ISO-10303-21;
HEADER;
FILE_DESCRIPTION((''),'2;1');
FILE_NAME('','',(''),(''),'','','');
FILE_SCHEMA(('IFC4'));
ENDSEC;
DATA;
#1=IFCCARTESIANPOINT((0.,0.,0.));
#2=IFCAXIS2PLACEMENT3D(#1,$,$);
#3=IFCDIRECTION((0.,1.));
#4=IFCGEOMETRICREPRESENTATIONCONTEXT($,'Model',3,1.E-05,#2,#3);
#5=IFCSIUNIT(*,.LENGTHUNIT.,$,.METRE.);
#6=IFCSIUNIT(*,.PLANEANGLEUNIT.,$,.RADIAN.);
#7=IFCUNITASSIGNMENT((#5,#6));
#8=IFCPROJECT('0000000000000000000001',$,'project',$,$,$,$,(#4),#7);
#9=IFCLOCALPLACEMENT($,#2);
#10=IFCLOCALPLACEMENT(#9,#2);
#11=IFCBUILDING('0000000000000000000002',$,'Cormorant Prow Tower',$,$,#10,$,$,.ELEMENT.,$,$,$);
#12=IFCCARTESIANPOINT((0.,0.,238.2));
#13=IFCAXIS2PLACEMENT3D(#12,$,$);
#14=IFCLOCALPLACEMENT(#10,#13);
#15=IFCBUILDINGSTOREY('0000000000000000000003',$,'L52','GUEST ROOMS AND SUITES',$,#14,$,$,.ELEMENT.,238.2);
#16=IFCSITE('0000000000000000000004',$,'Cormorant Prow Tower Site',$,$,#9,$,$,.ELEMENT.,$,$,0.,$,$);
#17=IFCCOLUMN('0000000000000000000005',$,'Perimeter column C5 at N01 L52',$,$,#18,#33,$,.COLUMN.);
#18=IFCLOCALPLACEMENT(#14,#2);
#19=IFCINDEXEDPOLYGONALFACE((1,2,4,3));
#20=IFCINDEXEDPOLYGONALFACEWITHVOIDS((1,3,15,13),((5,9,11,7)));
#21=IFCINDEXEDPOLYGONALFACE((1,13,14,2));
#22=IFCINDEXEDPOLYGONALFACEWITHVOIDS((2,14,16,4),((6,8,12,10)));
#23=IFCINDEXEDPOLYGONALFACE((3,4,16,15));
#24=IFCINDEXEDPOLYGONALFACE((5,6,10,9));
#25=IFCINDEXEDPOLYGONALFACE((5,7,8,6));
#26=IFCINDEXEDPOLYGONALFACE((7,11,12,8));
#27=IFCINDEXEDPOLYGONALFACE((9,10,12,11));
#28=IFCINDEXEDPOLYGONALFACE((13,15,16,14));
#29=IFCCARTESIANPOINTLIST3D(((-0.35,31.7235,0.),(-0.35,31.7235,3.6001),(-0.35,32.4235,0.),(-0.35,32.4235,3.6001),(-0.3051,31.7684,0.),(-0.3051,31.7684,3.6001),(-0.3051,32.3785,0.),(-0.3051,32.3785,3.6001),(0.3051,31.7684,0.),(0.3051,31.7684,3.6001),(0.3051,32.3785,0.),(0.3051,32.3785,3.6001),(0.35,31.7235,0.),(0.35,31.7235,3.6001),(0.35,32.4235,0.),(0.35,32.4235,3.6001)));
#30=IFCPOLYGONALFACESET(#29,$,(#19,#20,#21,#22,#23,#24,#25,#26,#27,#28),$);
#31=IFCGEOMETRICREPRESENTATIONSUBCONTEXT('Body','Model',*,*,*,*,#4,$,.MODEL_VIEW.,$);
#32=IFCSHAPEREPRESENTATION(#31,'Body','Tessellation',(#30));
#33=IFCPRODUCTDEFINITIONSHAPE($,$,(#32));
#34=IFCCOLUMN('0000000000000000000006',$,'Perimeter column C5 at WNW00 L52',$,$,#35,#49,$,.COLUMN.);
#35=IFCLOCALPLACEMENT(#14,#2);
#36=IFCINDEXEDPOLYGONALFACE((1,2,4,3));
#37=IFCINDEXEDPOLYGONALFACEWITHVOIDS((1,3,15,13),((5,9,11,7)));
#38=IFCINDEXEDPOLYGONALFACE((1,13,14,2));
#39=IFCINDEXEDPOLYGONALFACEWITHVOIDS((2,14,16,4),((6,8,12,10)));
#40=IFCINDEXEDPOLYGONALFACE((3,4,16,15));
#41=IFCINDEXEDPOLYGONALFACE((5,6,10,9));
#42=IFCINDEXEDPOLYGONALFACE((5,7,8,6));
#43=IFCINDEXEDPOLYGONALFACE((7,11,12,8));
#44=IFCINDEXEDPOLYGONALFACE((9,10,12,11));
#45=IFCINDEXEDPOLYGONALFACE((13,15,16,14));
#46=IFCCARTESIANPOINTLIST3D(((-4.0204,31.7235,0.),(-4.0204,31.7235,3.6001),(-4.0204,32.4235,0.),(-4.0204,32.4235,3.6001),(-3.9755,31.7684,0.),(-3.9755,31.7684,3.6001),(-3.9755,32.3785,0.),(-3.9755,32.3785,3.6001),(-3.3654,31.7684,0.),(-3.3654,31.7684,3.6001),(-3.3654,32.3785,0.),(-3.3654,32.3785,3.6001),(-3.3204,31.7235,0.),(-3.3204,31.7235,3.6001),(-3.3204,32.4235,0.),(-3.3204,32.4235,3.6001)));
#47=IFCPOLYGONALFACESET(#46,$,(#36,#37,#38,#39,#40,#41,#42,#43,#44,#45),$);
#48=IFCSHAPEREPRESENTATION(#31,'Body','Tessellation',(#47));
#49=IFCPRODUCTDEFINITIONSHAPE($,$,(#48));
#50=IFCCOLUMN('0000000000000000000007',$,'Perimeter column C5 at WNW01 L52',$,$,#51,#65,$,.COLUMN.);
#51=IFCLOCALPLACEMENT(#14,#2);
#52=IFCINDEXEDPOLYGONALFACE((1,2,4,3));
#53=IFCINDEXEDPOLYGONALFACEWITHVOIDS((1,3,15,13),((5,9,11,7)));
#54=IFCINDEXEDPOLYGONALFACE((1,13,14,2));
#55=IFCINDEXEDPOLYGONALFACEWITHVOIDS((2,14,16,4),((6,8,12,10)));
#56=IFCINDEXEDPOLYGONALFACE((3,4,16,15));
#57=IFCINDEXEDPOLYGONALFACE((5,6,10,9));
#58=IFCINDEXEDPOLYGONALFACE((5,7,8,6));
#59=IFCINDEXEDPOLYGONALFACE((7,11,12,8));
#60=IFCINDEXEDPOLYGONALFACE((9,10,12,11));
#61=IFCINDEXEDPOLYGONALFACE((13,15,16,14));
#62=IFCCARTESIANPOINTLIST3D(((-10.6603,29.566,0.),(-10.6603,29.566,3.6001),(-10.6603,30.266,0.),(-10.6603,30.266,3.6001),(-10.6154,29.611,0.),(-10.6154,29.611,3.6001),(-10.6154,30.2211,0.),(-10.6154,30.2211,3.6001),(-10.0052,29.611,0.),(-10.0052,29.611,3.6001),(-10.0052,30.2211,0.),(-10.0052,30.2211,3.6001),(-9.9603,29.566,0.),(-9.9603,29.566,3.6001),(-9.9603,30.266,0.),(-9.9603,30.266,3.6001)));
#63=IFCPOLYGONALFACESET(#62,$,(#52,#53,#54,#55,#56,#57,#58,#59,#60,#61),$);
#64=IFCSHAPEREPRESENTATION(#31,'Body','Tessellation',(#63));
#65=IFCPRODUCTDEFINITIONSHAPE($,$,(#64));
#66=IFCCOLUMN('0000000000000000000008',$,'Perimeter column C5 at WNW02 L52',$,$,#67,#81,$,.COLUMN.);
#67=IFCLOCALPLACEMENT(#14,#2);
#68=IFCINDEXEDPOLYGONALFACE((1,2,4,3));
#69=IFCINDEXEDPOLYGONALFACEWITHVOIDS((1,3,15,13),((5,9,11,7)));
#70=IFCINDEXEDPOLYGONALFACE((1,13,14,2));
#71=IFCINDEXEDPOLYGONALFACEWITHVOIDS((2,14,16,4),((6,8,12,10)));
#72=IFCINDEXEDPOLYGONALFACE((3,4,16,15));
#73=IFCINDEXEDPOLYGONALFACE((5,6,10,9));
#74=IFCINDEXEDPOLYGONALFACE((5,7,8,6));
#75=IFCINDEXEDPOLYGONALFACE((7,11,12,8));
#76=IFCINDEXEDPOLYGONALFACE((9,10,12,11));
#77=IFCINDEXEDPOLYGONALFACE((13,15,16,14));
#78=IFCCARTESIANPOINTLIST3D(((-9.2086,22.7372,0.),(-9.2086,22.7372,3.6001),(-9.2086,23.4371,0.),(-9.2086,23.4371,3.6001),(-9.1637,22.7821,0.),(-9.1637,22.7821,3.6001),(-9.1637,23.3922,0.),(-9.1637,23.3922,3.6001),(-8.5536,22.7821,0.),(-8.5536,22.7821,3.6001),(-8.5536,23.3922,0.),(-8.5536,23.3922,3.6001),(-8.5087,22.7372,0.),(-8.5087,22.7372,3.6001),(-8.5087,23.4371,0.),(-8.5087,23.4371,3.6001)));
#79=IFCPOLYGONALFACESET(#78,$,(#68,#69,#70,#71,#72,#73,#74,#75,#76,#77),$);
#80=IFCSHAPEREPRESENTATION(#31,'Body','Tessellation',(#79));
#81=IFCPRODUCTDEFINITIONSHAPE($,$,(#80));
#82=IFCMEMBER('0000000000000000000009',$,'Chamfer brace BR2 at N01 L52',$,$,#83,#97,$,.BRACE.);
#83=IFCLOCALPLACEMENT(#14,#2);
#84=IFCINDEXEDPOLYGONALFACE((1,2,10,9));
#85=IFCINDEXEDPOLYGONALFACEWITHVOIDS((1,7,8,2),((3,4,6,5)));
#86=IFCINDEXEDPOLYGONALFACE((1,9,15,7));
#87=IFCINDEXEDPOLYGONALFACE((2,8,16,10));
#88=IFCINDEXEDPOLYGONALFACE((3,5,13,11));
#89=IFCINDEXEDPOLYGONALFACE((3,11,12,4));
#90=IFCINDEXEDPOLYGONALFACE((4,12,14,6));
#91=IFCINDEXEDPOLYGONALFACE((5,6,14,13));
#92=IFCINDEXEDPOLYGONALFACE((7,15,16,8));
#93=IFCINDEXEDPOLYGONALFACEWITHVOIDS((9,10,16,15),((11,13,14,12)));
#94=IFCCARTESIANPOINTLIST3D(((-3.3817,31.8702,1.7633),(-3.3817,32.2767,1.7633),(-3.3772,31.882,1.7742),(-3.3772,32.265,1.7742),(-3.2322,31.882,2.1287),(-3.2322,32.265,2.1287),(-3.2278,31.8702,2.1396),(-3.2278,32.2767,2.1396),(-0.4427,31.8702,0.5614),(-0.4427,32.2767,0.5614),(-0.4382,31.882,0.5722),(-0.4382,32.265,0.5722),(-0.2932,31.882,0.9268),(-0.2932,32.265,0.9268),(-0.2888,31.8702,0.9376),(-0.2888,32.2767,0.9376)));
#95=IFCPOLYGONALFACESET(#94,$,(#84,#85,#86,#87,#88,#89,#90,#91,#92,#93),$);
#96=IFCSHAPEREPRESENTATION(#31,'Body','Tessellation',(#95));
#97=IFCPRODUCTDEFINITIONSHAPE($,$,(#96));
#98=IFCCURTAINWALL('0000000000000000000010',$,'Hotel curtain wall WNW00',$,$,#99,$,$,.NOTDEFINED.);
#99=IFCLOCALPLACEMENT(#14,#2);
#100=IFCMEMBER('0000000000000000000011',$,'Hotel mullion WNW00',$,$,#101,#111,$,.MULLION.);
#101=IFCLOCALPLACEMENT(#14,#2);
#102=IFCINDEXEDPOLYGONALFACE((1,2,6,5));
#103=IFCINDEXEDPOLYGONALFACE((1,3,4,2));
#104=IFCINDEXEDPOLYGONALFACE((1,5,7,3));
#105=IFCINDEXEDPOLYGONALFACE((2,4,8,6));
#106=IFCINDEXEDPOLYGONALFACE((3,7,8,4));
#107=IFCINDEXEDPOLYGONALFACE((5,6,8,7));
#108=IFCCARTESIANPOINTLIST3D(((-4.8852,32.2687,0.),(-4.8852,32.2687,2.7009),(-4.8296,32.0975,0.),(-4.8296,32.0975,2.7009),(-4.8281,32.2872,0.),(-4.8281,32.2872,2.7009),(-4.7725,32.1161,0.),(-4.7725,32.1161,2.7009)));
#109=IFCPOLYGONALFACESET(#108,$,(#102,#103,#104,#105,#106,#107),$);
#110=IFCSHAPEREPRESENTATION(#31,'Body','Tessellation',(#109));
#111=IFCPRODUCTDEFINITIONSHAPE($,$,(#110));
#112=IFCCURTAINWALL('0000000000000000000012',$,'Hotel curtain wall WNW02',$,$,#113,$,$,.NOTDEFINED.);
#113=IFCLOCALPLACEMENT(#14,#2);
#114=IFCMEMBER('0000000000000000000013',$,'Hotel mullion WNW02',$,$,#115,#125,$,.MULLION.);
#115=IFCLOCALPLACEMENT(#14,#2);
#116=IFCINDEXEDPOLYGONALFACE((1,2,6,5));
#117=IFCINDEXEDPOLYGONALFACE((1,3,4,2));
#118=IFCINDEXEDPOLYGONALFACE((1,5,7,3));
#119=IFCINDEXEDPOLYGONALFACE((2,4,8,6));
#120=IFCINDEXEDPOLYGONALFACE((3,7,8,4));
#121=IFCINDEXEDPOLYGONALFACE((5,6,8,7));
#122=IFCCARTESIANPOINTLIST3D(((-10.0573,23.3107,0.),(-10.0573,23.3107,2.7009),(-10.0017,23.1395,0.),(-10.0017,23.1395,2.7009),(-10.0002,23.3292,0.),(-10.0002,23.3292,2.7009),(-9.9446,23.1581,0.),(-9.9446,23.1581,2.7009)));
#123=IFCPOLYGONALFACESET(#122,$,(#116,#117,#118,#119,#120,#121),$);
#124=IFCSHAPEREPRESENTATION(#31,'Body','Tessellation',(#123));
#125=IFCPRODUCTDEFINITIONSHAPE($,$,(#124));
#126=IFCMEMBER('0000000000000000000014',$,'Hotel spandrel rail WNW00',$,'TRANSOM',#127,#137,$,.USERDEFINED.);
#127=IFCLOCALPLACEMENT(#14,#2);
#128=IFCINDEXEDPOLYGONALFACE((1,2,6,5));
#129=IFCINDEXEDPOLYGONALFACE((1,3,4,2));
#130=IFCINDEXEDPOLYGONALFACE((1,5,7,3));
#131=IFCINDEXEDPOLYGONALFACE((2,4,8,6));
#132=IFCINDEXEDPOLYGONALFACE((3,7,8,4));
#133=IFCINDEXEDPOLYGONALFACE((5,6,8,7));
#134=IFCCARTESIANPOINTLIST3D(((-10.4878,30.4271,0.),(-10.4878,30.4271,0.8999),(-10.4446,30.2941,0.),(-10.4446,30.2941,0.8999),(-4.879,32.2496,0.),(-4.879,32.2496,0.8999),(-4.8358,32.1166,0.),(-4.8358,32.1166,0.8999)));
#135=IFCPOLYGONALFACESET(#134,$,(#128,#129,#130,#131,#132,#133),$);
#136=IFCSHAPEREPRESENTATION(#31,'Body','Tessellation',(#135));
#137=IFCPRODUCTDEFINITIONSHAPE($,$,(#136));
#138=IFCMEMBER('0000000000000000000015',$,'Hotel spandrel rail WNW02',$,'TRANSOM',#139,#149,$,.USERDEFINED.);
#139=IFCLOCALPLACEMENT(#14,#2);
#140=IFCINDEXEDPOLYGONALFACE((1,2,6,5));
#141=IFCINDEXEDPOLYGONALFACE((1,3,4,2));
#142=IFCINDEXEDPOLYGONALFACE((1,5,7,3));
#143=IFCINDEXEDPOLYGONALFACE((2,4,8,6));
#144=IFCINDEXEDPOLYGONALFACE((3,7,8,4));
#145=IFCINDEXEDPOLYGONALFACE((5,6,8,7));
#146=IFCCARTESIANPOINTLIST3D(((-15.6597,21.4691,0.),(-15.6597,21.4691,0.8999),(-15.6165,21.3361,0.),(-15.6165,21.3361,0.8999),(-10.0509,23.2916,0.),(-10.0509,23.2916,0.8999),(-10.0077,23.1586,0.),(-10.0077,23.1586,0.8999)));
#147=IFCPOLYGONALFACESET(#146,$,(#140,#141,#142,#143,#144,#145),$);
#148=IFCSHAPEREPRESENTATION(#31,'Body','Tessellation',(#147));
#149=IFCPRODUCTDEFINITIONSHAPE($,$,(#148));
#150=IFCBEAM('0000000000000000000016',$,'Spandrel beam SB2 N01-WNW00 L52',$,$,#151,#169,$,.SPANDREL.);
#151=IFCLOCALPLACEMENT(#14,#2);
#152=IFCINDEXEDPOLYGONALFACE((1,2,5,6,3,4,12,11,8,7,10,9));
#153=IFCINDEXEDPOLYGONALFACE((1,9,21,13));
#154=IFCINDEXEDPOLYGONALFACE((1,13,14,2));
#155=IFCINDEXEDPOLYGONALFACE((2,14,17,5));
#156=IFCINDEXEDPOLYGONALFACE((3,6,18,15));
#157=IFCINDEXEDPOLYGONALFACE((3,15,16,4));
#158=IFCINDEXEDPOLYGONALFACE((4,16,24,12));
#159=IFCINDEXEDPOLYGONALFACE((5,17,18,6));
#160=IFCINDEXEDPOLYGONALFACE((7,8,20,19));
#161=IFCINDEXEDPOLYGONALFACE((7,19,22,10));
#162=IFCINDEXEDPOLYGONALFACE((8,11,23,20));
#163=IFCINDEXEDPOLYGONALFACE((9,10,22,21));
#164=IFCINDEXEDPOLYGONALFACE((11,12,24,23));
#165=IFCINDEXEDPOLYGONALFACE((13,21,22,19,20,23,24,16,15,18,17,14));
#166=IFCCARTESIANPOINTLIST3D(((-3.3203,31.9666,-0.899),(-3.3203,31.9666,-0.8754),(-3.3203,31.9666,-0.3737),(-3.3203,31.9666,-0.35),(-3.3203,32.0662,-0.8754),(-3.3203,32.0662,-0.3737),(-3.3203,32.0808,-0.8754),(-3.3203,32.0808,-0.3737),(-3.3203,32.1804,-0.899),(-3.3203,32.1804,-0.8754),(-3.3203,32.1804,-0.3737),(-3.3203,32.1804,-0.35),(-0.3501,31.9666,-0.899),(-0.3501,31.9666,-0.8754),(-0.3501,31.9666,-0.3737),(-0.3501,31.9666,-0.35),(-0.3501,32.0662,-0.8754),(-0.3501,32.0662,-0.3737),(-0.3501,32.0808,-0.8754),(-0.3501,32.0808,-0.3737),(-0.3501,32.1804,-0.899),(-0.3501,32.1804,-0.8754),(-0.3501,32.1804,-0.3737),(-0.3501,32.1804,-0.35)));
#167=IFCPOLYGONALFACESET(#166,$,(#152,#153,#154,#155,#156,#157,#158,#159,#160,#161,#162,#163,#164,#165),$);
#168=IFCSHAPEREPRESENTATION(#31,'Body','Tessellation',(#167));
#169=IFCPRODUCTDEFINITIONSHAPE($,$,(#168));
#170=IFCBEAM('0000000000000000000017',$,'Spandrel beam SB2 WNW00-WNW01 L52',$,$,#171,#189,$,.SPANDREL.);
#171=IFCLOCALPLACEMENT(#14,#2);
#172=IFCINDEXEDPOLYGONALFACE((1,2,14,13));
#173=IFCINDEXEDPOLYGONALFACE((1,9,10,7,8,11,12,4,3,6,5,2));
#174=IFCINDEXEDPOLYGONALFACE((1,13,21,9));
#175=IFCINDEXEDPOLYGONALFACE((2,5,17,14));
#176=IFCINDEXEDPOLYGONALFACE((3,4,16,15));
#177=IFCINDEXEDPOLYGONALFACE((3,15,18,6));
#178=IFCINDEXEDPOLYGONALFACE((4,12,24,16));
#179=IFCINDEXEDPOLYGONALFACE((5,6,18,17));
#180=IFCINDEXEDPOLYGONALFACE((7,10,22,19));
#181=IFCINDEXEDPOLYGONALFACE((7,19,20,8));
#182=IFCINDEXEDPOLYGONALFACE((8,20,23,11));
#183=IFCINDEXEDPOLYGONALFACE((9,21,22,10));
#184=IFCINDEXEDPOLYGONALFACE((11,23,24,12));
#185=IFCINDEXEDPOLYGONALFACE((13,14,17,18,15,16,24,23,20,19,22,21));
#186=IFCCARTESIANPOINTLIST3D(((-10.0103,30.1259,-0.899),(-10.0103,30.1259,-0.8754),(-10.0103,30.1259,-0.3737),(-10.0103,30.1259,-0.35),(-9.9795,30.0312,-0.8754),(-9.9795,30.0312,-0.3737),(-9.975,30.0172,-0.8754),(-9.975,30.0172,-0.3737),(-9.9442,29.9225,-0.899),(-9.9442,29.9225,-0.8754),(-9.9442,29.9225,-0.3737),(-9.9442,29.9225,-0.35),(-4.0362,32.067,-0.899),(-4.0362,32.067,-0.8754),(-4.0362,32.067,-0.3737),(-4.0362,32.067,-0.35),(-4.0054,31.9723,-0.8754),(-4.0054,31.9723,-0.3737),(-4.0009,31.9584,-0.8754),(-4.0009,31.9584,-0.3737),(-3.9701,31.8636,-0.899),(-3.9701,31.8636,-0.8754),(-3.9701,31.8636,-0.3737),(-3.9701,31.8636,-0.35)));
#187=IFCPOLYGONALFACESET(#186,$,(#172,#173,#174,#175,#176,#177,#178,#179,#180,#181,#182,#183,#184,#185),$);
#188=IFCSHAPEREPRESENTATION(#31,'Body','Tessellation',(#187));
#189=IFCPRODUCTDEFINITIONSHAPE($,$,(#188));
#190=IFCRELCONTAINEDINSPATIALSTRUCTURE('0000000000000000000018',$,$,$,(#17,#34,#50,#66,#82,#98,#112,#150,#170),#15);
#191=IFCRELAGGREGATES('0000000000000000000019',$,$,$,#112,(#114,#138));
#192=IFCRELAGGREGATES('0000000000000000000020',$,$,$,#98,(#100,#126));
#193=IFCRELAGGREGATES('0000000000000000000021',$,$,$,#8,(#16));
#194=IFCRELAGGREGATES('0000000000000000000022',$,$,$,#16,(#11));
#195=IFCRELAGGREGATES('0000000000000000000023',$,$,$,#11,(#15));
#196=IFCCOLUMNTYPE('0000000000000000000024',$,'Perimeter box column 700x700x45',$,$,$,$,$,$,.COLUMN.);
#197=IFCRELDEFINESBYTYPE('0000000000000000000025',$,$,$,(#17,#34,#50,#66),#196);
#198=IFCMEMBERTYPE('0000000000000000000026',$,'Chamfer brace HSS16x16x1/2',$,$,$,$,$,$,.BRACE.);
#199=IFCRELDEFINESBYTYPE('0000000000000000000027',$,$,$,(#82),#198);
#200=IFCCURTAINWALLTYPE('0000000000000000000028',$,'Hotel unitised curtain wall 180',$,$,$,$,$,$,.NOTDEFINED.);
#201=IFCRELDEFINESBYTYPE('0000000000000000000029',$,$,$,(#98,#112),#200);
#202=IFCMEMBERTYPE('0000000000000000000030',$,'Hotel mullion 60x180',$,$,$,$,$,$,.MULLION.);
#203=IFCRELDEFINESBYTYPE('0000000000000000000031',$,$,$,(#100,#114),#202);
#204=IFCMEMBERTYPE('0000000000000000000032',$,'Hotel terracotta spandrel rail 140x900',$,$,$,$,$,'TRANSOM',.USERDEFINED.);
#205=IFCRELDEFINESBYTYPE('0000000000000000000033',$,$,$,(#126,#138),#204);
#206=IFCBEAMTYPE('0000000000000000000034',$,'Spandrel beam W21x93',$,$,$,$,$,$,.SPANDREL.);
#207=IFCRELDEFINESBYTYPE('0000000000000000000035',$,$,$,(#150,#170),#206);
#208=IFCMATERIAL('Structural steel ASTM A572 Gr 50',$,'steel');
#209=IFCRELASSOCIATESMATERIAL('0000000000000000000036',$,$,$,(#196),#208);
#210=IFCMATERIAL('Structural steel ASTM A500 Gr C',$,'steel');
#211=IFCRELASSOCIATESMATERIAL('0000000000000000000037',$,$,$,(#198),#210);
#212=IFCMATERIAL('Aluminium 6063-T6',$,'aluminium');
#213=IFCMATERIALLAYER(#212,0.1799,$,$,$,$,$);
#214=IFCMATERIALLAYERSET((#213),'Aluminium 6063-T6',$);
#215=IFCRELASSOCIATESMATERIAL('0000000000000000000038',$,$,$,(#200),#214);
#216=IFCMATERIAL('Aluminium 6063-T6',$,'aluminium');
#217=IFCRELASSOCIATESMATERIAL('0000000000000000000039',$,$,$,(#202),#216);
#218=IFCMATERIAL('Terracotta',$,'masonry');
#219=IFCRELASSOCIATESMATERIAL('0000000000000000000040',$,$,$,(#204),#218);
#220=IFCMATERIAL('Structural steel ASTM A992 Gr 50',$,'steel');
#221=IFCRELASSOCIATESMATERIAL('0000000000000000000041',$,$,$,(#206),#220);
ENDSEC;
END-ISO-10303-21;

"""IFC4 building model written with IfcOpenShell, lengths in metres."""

from ifc_helpers import new_model, si_unit, direction, frame, origin, origin_2d, place, context, subcontext, project, spatial, rectangle, hollow_rectangle, i_section, extrude, material, layer, layer_set, material_profile, profile_set, type_object, element, aggregate, save


model = new_model("IFC4")

# Units and contexts
model_context = context("Model", 3, precision=1e-05, world=origin(), true_north=direction((0.0, 1.0)))
body_context = subcontext(model_context, "Body", "Model", "MODEL_VIEW")
ifc_project = project(units=[si_unit("LENGTHUNIT", "METRE"), si_unit("PLANEANGLEUNIT", "RADIAN")], contexts=[model_context])

# Site, building, storey
site_placement = place(None, origin())
site = spatial("IfcSite", under=ifc_project, at=site_placement, Name="Cormorant Prow Tower Site", CompositionType="ELEMENT", RefElevation=0.0)
building_placement = place(site_placement, origin())
building = spatial("IfcBuilding", under=site, at=building_placement, Name="Cormorant Prow Tower", CompositionType="ELEMENT")
storey_placement = place(building_placement, frame((0.0, 0.0, 238.2)))
storey = spatial("IfcBuildingStorey", under=building, at=storey_placement, Name="L52", Description="GUEST ROOMS AND SUITES", CompositionType="ELEMENT", Elevation=238.2)

# Columns
ifc_material_1 = material(Name="Structural steel ASTM A572 Gr 50", Category="steel")
ifc_material_profile_1 = material_profile(ifc_material_1, hollow_rectangle(XDim=0.7, YDim=0.7, WallThickness=0.0449, at=origin_2d()), Name="Box 700x700x45")
ifc_profile_set_1 = profile_set([ifc_material_profile_1], Name="Structural steel ASTM A572 Gr 50")
column_type = type_object("IfcColumnType", Name="Perimeter box column 700x700x45", PredefinedType="COLUMN", material=ifc_profile_set_1)
for number, where, z_axis, x_axis, name in (
    (1, (0.0, 32.0735, 0.0), (0.0, 0.0, 1.0), (1.0, 0.0, 0.0), "Perimeter column C5 at N01 L52"),
    (2, (-3.6704, 32.0735, 0.0), (0.0, 0.0, 1.0), (1.0, 0.0, 0.0), "Perimeter column C5 at WNW00 L52"),
    (3, (-10.3103, 29.916, 0.0), (0.0, 0.0, 1.0), (1.0, 0.0, 0.0), "Perimeter column C5 at WNW01 L52"),
    (4, (-8.8586, 23.0872, 0.0), (0.0, 0.0, 1.0), (1.0, 0.0, 0.0), "Perimeter column C5 at WNW02 L52"),
):
    element("IfcColumn", number, at=place(storey_placement, frame(where, z_axis=z_axis, x_axis=x_axis)), inside=storey, type_object=column_type, Name=name, PredefinedType="COLUMN", context=body_context, shape_type="SweptSolid", body=[
        extrude(hollow_rectangle(XDim=0.7, YDim=0.7, WallThickness=0.0449, at=origin_2d()), origin(), (0.0, 0.0, 1.0), 3.6001),
    ])

# Member
ifc_material_2 = material(Name="Structural steel ASTM A500 Gr C", Category="steel")
ifc_material_profile_2 = material_profile(ifc_material_2, hollow_rectangle(XDim=0.4065, YDim=0.4065, WallThickness=0.0117, at=origin_2d()), Name="HSS16x16x1/2")
ifc_profile_set_2 = profile_set([ifc_material_profile_2], Name="Structural steel ASTM A500 Gr C")
member_type_1 = type_object("IfcMemberType", Name="Chamfer brace HSS16x16x1/2", PredefinedType="BRACE", material=ifc_profile_set_2)
member_1_placement = place(storey_placement, frame((-0.3657, 32.0735, 0.7495), z_axis=(-0.925591, 0.0, 0.378525), x_axis=(0.0, -1.0, 0.0)))
element("IfcMember", 5, at=member_1_placement, inside=storey, type_object=member_type_1, Name="Chamfer brace BR2 at N01 L52", PredefinedType="BRACE", context=body_context, shape_type="SweptSolid", body=[
    extrude(hollow_rectangle(XDim=0.4065, YDim=0.4065, WallThickness=0.0117, at=origin_2d()), origin(), (0.0, 0.0, 1.0), 3.1753),
])

# Curtain walls, members
ifc_material_3 = material(Name="Aluminium 6063-T6", Category="aluminium")
ifc_layer_1 = layer(ifc_material_3, 0.1799)
ifc_layer_set_1 = layer_set([ifc_layer_1], Name="Aluminium 6063-T6")
curtain_wall_type = type_object("IfcCurtainWallType", Name="Hotel unitised curtain wall 180", PredefinedType="NOTDEFINED", material=ifc_layer_set_1)
curtain_wall_1_placement = place(storey_placement, origin())
curtain_wall_1 = element("IfcCurtainWall", 6, at=curtain_wall_1_placement, inside=storey, type_object=curtain_wall_type, Name="Hotel curtain wall WNW00", PredefinedType="NOTDEFINED")
ifc_material_4 = material(Name="Aluminium 6063-T6", Category="aluminium")
ifc_material_profile_3 = material_profile(ifc_material_4, rectangle(XDim=0.1799, YDim=0.0601, at=origin_2d()), Name="Hotel mullion 60x180")
ifc_profile_set_3 = profile_set([ifc_material_profile_3], Name="Aluminium 6063-T6")
member_type_2 = type_object("IfcMemberType", Name="Hotel mullion 60x180", PredefinedType="MULLION", material=ifc_profile_set_3)
member_2_placement = place(storey_placement, frame((-4.8289, 32.1924, 0.0), z_axis=(0.0, 0.0, 1.0), x_axis=(0.309017, -0.951057, 0.0)))
member_2 = element("IfcMember", 7, at=member_2_placement, type_object=member_type_2, Name="Hotel mullion WNW00", PredefinedType="MULLION", context=body_context, shape_type="SweptSolid", body=[
    extrude(rectangle(XDim=0.1799, YDim=0.0601, at=origin_2d()), origin(), (0.0, 0.0, 1.0), 2.7009),
])
curtain_wall_2_placement = place(storey_placement, origin())
curtain_wall_2 = element("IfcCurtainWall", 8, at=curtain_wall_2_placement, inside=storey, type_object=curtain_wall_type, Name="Hotel curtain wall WNW02", PredefinedType="NOTDEFINED")
member_3_placement = place(storey_placement, frame((-10.001, 23.2344, 0.0), z_axis=(0.0, 0.0, 1.0), x_axis=(0.309017, -0.951057, 0.0)))
member_3 = element("IfcMember", 9, at=member_3_placement, type_object=member_type_2, Name="Hotel mullion WNW02", PredefinedType="MULLION", context=body_context, shape_type="SweptSolid", body=[
    extrude(rectangle(XDim=0.1799, YDim=0.0601, at=origin_2d()), origin(), (0.0, 0.0, 1.0), 2.7009),
])

# Members
ifc_material_5 = material(Name="Terracotta", Category="masonry")
ifc_material_profile_4 = material_profile(ifc_material_5, rectangle(XDim=0.1399, YDim=0.8999, at=origin_2d()), Name="Hotel terracotta spandrel rail 140x900")
ifc_profile_set_4 = profile_set([ifc_material_profile_4], Name="Terracotta")
member_type_3 = type_object("IfcMemberType", Name="Hotel terracotta spandrel rail 140x900", ElementType="TRANSOM", PredefinedType="USERDEFINED", material=ifc_profile_set_4)
member_4_placement = place(storey_placement, frame((-4.8574, 32.1831, 0.45), z_axis=(-0.951053, -0.309028, 0.0), x_axis=(0.309028, -0.951053, 0.0)))
member_4 = element("IfcMember", 10, at=member_4_placement, type_object=member_type_3, Name="Hotel spandrel rail WNW00", ObjectType="TRANSOM", PredefinedType="USERDEFINED", context=body_context, shape_type="SweptSolid", body=[
    extrude(rectangle(XDim=0.1399, YDim=0.8999, at=origin_2d()), origin(), (0.0, 0.0, 1.0), 5.8975),
])
member_5_placement = place(storey_placement, frame((-10.0293, 23.2251, 0.45), z_axis=(-0.951053, -0.309028, 0.0), x_axis=(0.309028, -0.951053, 0.0)))
member_5 = element("IfcMember", 11, at=member_5_placement, type_object=member_type_3, Name="Hotel spandrel rail WNW02", ObjectType="TRANSOM", PredefinedType="USERDEFINED", context=body_context, shape_type="SweptSolid", body=[
    extrude(rectangle(XDim=0.1399, YDim=0.8999, at=origin_2d()), origin(), (0.0, 0.0, 1.0), 5.8975),
])
aggregate(curtain_wall_2, [member_3, member_5])

# Beams
ifc_material_6 = material(Name="Structural steel ASTM A992 Gr 50", Category="steel")
ifc_material_profile_5 = material_profile(ifc_material_6, i_section(OverallWidth=0.2139, OverallDepth=0.5491, WebThickness=0.0146, FlangeThickness=0.0237, at=origin_2d()), Name="W21x93")
ifc_profile_set_5 = profile_set([ifc_material_profile_5], Name="Structural steel ASTM A992 Gr 50")
beam_type = type_object("IfcBeamType", Name="Spandrel beam W21x93", PredefinedType="SPANDREL", material=ifc_profile_set_5)
beam_1_placement = place(storey_placement, frame((-0.3501, 32.0735, -0.6245), z_axis=(-1.0, 0.0, 0.0), x_axis=(0.0, -1.0, 0.0)))
element("IfcBeam", 12, at=beam_1_placement, inside=storey, type_object=beam_type, Name="Spandrel beam SB2 N01-WNW00 L52", PredefinedType="SPANDREL", context=body_context, shape_type="SweptSolid", body=[
    extrude(i_section(OverallWidth=0.2139, OverallDepth=0.5491, WebThickness=0.0146, FlangeThickness=0.0237, at=origin_2d()), origin(), (0.0, 0.0, 1.0), 2.9702),
])
for number, where, z_axis, x_axis, name in (
    (13, (-4.0032, 31.9653, -0.6245), (-0.951054, -0.309025, 0.0), (0.309025, -0.951054, 0.0), "Spandrel beam SB2 WNW00-WNW01 L52"),
):
    element("IfcBeam", number, at=place(storey_placement, frame(where, z_axis=z_axis, x_axis=x_axis)), inside=storey, type_object=beam_type, Name=name, PredefinedType="SPANDREL", context=body_context, shape_type="SweptSolid", body=[
        extrude(i_section(OverallWidth=0.2139, OverallDepth=0.5491, WebThickness=0.0146, FlangeThickness=0.0237, at=origin_2d()), origin(), (0.0, 0.0, 1.0), 6.2815),
    ])

aggregate(curtain_wall_1, [member_2, member_4])

save(model, "model.ifc")
